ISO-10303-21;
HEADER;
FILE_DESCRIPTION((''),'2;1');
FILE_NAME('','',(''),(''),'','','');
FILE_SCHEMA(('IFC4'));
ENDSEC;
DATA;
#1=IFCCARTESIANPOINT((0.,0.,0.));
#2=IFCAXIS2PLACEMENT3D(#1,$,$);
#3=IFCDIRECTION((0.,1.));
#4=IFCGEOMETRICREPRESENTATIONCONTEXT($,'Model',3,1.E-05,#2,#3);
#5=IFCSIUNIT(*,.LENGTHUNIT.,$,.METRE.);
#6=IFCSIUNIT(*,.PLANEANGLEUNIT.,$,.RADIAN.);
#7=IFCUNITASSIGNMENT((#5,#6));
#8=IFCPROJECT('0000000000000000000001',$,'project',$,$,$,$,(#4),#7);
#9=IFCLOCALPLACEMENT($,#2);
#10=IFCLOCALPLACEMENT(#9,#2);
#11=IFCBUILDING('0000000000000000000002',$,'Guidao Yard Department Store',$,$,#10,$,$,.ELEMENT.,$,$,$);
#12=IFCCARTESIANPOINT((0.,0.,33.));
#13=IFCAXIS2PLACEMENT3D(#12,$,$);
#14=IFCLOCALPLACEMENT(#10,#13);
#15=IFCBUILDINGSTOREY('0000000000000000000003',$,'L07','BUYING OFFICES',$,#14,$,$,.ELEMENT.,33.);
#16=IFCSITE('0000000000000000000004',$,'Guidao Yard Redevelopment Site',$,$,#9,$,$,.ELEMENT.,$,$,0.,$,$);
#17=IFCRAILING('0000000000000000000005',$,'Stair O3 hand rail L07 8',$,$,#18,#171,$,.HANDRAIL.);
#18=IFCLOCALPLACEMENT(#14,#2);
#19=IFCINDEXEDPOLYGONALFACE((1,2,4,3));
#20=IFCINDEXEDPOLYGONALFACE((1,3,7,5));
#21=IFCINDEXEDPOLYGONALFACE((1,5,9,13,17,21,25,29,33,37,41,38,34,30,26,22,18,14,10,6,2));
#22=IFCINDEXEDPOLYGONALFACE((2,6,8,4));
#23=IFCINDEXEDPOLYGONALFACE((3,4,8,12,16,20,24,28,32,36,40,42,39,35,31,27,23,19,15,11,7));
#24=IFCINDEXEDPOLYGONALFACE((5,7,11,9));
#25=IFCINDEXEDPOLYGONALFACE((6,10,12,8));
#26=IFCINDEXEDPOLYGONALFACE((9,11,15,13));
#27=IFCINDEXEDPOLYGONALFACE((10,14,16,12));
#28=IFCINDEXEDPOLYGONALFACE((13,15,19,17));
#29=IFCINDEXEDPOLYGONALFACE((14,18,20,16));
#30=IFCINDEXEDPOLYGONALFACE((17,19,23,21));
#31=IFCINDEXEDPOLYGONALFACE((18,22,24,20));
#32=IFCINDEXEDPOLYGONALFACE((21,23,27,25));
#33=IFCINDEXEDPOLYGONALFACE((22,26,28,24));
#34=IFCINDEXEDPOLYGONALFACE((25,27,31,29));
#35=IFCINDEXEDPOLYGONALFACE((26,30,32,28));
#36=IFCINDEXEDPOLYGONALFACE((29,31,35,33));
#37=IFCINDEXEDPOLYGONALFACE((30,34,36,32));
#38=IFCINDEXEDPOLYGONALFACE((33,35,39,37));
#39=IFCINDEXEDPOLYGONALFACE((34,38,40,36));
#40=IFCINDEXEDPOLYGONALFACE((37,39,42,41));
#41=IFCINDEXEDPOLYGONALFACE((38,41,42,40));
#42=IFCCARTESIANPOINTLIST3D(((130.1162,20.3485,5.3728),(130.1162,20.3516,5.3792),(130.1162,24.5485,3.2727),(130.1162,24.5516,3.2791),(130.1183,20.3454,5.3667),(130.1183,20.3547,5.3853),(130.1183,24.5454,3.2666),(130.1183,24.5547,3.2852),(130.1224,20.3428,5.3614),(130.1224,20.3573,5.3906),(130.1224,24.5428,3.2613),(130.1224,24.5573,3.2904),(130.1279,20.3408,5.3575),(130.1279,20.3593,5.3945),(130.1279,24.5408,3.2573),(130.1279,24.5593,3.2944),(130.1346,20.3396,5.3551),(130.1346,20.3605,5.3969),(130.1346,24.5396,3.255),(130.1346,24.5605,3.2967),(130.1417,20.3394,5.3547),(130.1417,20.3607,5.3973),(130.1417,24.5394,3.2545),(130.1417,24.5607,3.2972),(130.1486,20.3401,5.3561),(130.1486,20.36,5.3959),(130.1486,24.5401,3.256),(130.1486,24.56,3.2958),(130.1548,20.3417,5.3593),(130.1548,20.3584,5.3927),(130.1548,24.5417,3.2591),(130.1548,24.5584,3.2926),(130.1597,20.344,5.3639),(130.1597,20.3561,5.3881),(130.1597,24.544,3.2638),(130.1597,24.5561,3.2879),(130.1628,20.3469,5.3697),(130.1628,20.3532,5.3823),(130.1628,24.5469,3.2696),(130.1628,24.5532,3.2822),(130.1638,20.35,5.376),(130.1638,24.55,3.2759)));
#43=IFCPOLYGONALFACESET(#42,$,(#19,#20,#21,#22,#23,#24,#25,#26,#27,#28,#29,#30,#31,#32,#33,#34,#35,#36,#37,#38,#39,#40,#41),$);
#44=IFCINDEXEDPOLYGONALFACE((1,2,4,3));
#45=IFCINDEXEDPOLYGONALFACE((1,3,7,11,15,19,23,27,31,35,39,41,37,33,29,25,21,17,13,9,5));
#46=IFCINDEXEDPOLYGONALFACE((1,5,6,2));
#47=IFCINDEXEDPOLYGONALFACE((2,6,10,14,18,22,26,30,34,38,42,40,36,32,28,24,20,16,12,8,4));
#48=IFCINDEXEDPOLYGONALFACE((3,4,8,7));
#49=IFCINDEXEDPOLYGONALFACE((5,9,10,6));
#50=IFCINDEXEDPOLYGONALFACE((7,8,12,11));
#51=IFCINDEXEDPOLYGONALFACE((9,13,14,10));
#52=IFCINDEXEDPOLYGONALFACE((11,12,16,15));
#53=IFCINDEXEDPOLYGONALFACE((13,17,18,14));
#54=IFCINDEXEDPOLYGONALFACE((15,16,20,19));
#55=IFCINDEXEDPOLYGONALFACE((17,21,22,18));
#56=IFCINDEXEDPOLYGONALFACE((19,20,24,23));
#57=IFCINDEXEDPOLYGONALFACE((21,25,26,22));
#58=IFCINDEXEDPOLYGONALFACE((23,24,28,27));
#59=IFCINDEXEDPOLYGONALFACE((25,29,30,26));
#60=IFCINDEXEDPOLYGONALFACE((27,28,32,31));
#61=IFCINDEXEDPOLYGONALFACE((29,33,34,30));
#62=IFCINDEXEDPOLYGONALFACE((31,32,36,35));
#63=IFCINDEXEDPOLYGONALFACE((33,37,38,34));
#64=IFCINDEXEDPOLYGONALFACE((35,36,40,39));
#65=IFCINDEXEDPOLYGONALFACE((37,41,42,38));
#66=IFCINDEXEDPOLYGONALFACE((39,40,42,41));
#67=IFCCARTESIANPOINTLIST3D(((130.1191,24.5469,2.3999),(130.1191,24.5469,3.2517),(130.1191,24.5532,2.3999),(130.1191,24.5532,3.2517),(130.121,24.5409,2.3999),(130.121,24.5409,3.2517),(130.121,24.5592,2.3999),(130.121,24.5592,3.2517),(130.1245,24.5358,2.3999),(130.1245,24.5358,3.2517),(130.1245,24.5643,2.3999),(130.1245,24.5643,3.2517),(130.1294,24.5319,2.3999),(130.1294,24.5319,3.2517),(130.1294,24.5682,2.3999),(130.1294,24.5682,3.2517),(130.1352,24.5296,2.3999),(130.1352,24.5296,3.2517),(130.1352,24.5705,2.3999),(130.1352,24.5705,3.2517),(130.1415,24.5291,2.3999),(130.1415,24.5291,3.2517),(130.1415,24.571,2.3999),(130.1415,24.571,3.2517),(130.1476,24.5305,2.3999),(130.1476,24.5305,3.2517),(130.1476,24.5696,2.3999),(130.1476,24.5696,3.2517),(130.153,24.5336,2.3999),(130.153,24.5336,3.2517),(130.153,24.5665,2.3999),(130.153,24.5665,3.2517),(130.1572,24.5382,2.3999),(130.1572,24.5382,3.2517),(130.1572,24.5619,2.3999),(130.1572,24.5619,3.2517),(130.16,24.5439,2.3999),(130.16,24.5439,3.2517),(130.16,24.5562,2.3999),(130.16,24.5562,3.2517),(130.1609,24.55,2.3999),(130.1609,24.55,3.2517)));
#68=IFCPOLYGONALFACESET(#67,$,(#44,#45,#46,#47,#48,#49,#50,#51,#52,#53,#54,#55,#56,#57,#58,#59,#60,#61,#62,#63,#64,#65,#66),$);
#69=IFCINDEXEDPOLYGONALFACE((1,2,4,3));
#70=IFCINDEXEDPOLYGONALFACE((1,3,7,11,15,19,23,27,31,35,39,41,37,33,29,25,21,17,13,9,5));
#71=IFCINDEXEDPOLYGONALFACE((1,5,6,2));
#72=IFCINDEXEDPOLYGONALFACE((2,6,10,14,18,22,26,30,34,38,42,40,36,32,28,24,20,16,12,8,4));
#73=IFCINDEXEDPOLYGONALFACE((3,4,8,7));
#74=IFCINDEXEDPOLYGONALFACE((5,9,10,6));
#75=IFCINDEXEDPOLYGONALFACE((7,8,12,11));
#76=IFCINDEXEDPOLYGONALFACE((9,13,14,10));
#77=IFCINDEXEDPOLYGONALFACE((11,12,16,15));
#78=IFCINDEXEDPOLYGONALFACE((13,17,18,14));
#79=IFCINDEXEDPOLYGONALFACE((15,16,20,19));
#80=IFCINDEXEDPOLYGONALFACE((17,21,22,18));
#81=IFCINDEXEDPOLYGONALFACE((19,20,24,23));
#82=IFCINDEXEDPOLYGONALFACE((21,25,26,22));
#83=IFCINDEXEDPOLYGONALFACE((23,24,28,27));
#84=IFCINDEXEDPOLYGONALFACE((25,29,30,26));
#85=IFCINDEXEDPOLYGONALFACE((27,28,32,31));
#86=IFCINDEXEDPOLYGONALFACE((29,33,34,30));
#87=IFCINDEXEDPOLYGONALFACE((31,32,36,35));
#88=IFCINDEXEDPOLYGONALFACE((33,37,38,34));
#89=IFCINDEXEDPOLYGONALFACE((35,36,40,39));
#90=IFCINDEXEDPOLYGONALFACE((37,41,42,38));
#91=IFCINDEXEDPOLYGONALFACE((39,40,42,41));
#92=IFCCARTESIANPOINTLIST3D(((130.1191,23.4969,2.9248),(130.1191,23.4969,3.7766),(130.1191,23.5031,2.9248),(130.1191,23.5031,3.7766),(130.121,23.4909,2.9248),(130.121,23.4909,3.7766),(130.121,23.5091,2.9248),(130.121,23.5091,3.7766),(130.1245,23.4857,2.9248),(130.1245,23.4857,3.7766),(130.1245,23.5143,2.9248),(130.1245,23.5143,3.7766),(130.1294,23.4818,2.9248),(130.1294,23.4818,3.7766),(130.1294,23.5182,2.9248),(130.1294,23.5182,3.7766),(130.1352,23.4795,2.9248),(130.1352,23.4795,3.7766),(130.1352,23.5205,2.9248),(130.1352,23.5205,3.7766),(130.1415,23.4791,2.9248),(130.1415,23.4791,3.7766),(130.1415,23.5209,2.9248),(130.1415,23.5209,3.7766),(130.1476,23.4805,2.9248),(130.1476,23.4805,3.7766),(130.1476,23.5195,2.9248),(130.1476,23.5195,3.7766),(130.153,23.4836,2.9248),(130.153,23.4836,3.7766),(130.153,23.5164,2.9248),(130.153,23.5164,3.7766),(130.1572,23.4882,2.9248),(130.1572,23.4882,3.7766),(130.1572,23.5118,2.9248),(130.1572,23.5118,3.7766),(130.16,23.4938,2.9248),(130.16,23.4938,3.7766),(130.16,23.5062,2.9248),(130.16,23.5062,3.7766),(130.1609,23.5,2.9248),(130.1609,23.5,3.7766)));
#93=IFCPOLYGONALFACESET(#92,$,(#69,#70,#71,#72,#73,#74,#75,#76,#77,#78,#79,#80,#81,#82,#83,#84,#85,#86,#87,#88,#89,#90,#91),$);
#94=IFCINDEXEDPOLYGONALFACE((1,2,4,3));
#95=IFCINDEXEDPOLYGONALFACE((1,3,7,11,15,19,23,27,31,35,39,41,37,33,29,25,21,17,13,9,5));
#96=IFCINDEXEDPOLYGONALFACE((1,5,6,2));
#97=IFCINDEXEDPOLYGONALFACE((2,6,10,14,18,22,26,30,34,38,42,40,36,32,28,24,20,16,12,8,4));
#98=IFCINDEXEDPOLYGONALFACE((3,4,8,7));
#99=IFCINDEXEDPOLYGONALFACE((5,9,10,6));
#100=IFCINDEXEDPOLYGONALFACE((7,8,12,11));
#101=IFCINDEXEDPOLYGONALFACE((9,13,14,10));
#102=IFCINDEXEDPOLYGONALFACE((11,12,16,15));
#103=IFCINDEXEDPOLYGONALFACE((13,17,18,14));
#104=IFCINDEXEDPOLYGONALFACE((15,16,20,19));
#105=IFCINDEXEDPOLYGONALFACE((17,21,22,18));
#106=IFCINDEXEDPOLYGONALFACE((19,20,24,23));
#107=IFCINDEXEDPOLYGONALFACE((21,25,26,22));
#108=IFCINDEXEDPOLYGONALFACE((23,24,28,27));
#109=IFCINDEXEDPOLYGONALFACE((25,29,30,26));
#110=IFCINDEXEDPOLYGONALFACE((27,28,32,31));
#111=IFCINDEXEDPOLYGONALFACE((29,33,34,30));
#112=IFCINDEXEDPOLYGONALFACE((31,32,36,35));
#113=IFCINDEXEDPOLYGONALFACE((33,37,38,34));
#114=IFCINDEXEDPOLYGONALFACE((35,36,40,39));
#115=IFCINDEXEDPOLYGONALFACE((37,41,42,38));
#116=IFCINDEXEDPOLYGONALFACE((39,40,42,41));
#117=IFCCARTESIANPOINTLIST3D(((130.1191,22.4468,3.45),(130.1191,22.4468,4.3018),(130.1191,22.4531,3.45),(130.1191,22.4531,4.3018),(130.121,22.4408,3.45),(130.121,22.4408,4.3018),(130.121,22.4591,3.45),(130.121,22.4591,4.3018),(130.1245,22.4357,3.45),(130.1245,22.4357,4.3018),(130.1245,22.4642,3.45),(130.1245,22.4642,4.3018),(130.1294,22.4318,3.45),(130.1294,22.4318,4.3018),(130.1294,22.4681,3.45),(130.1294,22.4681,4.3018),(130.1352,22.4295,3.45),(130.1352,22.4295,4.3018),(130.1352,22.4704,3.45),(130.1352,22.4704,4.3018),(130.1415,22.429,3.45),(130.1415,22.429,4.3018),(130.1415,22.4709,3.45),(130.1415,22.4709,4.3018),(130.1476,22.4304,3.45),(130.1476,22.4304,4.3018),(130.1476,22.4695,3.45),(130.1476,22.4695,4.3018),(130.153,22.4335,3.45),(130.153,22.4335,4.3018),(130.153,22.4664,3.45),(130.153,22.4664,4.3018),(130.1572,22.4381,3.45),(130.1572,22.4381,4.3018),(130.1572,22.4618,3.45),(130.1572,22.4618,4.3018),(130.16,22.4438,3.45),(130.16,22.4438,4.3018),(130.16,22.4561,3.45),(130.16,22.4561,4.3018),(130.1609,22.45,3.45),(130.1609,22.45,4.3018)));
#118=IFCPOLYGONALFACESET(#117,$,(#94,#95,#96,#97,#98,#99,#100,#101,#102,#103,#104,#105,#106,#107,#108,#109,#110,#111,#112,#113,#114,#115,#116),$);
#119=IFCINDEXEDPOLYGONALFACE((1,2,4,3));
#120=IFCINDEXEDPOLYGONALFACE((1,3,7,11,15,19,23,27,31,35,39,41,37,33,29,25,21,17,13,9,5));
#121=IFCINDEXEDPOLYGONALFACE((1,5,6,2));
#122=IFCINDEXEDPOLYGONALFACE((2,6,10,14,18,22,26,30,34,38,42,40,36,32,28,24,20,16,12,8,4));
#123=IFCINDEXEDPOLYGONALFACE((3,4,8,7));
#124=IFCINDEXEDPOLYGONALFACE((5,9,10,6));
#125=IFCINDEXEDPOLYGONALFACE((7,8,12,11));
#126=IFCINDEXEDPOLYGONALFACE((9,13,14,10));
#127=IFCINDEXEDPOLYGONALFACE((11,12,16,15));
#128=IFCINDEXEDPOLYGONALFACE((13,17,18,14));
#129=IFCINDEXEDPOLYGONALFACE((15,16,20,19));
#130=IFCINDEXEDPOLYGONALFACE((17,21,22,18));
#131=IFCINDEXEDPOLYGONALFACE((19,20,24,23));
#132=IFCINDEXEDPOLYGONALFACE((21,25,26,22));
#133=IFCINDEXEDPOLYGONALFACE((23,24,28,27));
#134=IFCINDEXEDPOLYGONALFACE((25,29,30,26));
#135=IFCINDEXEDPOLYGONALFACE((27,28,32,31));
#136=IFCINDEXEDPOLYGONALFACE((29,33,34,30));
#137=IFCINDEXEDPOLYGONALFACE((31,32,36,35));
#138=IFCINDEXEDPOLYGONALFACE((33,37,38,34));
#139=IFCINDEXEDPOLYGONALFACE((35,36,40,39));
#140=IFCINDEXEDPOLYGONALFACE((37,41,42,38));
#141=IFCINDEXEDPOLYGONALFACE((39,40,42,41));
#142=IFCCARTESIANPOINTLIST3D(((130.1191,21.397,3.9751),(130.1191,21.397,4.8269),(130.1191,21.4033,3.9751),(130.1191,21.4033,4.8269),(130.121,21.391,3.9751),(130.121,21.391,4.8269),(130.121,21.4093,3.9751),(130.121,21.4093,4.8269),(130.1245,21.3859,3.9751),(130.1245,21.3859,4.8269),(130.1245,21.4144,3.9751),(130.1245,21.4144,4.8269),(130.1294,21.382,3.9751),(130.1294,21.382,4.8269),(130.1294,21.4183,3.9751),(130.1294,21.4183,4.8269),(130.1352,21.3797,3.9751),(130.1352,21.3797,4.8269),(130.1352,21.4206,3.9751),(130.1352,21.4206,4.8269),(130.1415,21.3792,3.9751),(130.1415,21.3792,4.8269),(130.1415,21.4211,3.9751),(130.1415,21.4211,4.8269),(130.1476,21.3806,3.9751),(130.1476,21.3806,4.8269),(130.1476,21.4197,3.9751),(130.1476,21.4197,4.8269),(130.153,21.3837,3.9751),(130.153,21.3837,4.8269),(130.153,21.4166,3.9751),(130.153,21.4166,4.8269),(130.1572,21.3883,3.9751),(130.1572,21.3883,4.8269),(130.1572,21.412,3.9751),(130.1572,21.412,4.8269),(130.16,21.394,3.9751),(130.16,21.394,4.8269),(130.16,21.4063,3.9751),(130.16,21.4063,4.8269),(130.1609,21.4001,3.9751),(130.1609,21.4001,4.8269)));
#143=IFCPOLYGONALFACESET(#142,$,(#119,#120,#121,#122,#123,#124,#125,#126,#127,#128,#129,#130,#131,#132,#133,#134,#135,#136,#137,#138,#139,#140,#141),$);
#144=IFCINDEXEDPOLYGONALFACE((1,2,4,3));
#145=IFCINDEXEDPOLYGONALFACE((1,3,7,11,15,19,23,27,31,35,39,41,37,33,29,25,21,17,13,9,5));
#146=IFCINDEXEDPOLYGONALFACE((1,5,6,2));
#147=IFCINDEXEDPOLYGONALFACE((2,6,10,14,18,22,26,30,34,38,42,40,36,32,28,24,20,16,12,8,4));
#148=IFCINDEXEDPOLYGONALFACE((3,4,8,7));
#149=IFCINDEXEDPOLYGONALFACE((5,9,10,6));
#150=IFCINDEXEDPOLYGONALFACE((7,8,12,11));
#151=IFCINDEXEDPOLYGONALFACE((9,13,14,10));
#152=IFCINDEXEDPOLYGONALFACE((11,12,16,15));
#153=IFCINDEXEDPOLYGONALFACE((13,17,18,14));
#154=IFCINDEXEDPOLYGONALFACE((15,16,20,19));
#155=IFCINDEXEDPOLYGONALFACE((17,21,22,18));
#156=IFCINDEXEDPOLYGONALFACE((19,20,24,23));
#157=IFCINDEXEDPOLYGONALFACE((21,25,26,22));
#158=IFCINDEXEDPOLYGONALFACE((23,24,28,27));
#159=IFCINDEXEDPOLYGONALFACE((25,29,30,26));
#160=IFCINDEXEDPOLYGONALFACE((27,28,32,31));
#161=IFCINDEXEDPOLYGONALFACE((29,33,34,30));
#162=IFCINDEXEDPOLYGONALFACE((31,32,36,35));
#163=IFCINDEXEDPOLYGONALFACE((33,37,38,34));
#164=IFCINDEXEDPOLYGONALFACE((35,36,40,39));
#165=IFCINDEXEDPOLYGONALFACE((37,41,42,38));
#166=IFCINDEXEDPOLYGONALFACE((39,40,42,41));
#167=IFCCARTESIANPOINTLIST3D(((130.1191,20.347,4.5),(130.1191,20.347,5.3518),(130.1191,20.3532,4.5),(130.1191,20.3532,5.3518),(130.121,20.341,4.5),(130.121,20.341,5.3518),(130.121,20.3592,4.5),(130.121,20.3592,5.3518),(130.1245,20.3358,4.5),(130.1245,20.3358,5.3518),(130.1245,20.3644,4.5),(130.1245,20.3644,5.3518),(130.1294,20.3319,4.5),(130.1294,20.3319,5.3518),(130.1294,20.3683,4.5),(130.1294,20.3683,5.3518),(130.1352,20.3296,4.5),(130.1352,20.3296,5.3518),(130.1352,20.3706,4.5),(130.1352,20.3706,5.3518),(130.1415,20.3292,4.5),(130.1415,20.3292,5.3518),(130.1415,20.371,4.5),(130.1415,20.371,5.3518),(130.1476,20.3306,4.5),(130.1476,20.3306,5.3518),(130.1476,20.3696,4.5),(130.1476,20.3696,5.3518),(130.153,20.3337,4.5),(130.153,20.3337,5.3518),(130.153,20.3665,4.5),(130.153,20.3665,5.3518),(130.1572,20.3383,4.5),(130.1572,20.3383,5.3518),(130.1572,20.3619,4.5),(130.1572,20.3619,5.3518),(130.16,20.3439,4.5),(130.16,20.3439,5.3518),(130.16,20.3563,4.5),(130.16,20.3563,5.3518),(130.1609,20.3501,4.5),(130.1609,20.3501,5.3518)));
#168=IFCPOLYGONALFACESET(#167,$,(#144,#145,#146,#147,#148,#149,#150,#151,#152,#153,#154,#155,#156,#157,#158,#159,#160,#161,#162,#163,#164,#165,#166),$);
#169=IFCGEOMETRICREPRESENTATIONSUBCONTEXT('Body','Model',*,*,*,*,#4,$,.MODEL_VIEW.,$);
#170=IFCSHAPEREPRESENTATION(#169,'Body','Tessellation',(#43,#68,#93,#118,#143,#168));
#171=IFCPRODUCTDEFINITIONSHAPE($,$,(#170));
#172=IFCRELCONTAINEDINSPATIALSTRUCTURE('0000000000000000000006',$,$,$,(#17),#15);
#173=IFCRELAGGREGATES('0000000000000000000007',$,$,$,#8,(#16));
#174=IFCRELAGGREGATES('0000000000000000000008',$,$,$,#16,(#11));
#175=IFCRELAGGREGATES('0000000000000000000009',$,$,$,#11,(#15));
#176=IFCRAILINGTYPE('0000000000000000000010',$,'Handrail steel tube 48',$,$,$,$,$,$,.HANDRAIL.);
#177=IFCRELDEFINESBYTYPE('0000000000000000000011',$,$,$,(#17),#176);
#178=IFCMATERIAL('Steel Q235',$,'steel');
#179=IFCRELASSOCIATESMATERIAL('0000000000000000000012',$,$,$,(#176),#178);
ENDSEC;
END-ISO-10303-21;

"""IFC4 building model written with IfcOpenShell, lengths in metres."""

from ifc_helpers import new_model, si_unit, direction, frame, origin, origin_2d, place, context, subcontext, project, spatial, circle, extrude, material, type_object, element, save


model = new_model("IFC4")

# Units and contexts
model_context = context("Model", 3, precision=1e-05, world=origin(), true_north=direction((0.0, 1.0)))
body_context = subcontext(model_context, "Body", "Model", "MODEL_VIEW")
ifc_project = project(units=[si_unit("LENGTHUNIT", "METRE"), si_unit("PLANEANGLEUNIT", "RADIAN")], contexts=[model_context])

# Site, building, storey
site_placement = place(None, origin())
site = spatial("IfcSite", under=ifc_project, at=site_placement, Name="Guidao Yard Redevelopment Site", CompositionType="ELEMENT", RefElevation=0.0)
building_placement = place(site_placement, origin())
building = spatial("IfcBuilding", under=site, at=building_placement, Name="Guidao Yard Department Store", CompositionType="ELEMENT")
storey_placement = place(building_placement, frame((0.0, 0.0, 33.0)))
storey = spatial("IfcBuildingStorey", under=building, at=storey_placement, Name="L07", Description="BUYING OFFICES", CompositionType="ELEMENT", Elevation=33.0)

# Railing
ifc_material_1 = material(Name="Steel Q235", Category="steel")
railing_type_1 = type_object("IfcRailingType", Name="Handrail steel tube 48", PredefinedType="HANDRAIL", material=ifc_material_1)
for number, where, name in (
    (1, (130.1399, 24.55, 2.3999), "Stair O3 hand rail L07 8"),
):
    element("IfcRailing", number, at=place(storey_placement, frame(where)), inside=storey, type_object=railing_type_1, Name=name, PredefinedType="HANDRAIL", context=body_context, shape_type="SweptSolid", body=[
        extrude(circle(Radius=0.0239, at=origin_2d()), frame((0.0, 0.0, 0.876), z_axis=(0.0, -0.894417, 0.447234), x_axis=(1.0, 0.0, 0.0)), (0.0, 0.0, 1.0), 4.6958),
        extrude(circle(Radius=0.021, at=origin_2d()), origin(), (0.0, 0.0, 1.0), 0.8518),
        extrude(circle(Radius=0.021, at=origin_2d()), frame((0.0, -1.05, 0.5249)), (0.0, 0.0, 1.0), 0.8518),
        extrude(circle(Radius=0.021, at=origin_2d()), frame((0.0, -2.1001, 1.05)), (0.0, 0.0, 1.0), 0.8518),
        extrude(circle(Radius=0.021, at=origin_2d()), frame((0.0, -3.1499, 1.5752)), (0.0, 0.0, 1.0), 0.8518),
        extrude(circle(Radius=0.021, at=origin_2d()), frame((0.0, -4.2, 2.1001)), (0.0, 0.0, 1.0), 0.8518),
    ])

save(model, "model.ifc")
